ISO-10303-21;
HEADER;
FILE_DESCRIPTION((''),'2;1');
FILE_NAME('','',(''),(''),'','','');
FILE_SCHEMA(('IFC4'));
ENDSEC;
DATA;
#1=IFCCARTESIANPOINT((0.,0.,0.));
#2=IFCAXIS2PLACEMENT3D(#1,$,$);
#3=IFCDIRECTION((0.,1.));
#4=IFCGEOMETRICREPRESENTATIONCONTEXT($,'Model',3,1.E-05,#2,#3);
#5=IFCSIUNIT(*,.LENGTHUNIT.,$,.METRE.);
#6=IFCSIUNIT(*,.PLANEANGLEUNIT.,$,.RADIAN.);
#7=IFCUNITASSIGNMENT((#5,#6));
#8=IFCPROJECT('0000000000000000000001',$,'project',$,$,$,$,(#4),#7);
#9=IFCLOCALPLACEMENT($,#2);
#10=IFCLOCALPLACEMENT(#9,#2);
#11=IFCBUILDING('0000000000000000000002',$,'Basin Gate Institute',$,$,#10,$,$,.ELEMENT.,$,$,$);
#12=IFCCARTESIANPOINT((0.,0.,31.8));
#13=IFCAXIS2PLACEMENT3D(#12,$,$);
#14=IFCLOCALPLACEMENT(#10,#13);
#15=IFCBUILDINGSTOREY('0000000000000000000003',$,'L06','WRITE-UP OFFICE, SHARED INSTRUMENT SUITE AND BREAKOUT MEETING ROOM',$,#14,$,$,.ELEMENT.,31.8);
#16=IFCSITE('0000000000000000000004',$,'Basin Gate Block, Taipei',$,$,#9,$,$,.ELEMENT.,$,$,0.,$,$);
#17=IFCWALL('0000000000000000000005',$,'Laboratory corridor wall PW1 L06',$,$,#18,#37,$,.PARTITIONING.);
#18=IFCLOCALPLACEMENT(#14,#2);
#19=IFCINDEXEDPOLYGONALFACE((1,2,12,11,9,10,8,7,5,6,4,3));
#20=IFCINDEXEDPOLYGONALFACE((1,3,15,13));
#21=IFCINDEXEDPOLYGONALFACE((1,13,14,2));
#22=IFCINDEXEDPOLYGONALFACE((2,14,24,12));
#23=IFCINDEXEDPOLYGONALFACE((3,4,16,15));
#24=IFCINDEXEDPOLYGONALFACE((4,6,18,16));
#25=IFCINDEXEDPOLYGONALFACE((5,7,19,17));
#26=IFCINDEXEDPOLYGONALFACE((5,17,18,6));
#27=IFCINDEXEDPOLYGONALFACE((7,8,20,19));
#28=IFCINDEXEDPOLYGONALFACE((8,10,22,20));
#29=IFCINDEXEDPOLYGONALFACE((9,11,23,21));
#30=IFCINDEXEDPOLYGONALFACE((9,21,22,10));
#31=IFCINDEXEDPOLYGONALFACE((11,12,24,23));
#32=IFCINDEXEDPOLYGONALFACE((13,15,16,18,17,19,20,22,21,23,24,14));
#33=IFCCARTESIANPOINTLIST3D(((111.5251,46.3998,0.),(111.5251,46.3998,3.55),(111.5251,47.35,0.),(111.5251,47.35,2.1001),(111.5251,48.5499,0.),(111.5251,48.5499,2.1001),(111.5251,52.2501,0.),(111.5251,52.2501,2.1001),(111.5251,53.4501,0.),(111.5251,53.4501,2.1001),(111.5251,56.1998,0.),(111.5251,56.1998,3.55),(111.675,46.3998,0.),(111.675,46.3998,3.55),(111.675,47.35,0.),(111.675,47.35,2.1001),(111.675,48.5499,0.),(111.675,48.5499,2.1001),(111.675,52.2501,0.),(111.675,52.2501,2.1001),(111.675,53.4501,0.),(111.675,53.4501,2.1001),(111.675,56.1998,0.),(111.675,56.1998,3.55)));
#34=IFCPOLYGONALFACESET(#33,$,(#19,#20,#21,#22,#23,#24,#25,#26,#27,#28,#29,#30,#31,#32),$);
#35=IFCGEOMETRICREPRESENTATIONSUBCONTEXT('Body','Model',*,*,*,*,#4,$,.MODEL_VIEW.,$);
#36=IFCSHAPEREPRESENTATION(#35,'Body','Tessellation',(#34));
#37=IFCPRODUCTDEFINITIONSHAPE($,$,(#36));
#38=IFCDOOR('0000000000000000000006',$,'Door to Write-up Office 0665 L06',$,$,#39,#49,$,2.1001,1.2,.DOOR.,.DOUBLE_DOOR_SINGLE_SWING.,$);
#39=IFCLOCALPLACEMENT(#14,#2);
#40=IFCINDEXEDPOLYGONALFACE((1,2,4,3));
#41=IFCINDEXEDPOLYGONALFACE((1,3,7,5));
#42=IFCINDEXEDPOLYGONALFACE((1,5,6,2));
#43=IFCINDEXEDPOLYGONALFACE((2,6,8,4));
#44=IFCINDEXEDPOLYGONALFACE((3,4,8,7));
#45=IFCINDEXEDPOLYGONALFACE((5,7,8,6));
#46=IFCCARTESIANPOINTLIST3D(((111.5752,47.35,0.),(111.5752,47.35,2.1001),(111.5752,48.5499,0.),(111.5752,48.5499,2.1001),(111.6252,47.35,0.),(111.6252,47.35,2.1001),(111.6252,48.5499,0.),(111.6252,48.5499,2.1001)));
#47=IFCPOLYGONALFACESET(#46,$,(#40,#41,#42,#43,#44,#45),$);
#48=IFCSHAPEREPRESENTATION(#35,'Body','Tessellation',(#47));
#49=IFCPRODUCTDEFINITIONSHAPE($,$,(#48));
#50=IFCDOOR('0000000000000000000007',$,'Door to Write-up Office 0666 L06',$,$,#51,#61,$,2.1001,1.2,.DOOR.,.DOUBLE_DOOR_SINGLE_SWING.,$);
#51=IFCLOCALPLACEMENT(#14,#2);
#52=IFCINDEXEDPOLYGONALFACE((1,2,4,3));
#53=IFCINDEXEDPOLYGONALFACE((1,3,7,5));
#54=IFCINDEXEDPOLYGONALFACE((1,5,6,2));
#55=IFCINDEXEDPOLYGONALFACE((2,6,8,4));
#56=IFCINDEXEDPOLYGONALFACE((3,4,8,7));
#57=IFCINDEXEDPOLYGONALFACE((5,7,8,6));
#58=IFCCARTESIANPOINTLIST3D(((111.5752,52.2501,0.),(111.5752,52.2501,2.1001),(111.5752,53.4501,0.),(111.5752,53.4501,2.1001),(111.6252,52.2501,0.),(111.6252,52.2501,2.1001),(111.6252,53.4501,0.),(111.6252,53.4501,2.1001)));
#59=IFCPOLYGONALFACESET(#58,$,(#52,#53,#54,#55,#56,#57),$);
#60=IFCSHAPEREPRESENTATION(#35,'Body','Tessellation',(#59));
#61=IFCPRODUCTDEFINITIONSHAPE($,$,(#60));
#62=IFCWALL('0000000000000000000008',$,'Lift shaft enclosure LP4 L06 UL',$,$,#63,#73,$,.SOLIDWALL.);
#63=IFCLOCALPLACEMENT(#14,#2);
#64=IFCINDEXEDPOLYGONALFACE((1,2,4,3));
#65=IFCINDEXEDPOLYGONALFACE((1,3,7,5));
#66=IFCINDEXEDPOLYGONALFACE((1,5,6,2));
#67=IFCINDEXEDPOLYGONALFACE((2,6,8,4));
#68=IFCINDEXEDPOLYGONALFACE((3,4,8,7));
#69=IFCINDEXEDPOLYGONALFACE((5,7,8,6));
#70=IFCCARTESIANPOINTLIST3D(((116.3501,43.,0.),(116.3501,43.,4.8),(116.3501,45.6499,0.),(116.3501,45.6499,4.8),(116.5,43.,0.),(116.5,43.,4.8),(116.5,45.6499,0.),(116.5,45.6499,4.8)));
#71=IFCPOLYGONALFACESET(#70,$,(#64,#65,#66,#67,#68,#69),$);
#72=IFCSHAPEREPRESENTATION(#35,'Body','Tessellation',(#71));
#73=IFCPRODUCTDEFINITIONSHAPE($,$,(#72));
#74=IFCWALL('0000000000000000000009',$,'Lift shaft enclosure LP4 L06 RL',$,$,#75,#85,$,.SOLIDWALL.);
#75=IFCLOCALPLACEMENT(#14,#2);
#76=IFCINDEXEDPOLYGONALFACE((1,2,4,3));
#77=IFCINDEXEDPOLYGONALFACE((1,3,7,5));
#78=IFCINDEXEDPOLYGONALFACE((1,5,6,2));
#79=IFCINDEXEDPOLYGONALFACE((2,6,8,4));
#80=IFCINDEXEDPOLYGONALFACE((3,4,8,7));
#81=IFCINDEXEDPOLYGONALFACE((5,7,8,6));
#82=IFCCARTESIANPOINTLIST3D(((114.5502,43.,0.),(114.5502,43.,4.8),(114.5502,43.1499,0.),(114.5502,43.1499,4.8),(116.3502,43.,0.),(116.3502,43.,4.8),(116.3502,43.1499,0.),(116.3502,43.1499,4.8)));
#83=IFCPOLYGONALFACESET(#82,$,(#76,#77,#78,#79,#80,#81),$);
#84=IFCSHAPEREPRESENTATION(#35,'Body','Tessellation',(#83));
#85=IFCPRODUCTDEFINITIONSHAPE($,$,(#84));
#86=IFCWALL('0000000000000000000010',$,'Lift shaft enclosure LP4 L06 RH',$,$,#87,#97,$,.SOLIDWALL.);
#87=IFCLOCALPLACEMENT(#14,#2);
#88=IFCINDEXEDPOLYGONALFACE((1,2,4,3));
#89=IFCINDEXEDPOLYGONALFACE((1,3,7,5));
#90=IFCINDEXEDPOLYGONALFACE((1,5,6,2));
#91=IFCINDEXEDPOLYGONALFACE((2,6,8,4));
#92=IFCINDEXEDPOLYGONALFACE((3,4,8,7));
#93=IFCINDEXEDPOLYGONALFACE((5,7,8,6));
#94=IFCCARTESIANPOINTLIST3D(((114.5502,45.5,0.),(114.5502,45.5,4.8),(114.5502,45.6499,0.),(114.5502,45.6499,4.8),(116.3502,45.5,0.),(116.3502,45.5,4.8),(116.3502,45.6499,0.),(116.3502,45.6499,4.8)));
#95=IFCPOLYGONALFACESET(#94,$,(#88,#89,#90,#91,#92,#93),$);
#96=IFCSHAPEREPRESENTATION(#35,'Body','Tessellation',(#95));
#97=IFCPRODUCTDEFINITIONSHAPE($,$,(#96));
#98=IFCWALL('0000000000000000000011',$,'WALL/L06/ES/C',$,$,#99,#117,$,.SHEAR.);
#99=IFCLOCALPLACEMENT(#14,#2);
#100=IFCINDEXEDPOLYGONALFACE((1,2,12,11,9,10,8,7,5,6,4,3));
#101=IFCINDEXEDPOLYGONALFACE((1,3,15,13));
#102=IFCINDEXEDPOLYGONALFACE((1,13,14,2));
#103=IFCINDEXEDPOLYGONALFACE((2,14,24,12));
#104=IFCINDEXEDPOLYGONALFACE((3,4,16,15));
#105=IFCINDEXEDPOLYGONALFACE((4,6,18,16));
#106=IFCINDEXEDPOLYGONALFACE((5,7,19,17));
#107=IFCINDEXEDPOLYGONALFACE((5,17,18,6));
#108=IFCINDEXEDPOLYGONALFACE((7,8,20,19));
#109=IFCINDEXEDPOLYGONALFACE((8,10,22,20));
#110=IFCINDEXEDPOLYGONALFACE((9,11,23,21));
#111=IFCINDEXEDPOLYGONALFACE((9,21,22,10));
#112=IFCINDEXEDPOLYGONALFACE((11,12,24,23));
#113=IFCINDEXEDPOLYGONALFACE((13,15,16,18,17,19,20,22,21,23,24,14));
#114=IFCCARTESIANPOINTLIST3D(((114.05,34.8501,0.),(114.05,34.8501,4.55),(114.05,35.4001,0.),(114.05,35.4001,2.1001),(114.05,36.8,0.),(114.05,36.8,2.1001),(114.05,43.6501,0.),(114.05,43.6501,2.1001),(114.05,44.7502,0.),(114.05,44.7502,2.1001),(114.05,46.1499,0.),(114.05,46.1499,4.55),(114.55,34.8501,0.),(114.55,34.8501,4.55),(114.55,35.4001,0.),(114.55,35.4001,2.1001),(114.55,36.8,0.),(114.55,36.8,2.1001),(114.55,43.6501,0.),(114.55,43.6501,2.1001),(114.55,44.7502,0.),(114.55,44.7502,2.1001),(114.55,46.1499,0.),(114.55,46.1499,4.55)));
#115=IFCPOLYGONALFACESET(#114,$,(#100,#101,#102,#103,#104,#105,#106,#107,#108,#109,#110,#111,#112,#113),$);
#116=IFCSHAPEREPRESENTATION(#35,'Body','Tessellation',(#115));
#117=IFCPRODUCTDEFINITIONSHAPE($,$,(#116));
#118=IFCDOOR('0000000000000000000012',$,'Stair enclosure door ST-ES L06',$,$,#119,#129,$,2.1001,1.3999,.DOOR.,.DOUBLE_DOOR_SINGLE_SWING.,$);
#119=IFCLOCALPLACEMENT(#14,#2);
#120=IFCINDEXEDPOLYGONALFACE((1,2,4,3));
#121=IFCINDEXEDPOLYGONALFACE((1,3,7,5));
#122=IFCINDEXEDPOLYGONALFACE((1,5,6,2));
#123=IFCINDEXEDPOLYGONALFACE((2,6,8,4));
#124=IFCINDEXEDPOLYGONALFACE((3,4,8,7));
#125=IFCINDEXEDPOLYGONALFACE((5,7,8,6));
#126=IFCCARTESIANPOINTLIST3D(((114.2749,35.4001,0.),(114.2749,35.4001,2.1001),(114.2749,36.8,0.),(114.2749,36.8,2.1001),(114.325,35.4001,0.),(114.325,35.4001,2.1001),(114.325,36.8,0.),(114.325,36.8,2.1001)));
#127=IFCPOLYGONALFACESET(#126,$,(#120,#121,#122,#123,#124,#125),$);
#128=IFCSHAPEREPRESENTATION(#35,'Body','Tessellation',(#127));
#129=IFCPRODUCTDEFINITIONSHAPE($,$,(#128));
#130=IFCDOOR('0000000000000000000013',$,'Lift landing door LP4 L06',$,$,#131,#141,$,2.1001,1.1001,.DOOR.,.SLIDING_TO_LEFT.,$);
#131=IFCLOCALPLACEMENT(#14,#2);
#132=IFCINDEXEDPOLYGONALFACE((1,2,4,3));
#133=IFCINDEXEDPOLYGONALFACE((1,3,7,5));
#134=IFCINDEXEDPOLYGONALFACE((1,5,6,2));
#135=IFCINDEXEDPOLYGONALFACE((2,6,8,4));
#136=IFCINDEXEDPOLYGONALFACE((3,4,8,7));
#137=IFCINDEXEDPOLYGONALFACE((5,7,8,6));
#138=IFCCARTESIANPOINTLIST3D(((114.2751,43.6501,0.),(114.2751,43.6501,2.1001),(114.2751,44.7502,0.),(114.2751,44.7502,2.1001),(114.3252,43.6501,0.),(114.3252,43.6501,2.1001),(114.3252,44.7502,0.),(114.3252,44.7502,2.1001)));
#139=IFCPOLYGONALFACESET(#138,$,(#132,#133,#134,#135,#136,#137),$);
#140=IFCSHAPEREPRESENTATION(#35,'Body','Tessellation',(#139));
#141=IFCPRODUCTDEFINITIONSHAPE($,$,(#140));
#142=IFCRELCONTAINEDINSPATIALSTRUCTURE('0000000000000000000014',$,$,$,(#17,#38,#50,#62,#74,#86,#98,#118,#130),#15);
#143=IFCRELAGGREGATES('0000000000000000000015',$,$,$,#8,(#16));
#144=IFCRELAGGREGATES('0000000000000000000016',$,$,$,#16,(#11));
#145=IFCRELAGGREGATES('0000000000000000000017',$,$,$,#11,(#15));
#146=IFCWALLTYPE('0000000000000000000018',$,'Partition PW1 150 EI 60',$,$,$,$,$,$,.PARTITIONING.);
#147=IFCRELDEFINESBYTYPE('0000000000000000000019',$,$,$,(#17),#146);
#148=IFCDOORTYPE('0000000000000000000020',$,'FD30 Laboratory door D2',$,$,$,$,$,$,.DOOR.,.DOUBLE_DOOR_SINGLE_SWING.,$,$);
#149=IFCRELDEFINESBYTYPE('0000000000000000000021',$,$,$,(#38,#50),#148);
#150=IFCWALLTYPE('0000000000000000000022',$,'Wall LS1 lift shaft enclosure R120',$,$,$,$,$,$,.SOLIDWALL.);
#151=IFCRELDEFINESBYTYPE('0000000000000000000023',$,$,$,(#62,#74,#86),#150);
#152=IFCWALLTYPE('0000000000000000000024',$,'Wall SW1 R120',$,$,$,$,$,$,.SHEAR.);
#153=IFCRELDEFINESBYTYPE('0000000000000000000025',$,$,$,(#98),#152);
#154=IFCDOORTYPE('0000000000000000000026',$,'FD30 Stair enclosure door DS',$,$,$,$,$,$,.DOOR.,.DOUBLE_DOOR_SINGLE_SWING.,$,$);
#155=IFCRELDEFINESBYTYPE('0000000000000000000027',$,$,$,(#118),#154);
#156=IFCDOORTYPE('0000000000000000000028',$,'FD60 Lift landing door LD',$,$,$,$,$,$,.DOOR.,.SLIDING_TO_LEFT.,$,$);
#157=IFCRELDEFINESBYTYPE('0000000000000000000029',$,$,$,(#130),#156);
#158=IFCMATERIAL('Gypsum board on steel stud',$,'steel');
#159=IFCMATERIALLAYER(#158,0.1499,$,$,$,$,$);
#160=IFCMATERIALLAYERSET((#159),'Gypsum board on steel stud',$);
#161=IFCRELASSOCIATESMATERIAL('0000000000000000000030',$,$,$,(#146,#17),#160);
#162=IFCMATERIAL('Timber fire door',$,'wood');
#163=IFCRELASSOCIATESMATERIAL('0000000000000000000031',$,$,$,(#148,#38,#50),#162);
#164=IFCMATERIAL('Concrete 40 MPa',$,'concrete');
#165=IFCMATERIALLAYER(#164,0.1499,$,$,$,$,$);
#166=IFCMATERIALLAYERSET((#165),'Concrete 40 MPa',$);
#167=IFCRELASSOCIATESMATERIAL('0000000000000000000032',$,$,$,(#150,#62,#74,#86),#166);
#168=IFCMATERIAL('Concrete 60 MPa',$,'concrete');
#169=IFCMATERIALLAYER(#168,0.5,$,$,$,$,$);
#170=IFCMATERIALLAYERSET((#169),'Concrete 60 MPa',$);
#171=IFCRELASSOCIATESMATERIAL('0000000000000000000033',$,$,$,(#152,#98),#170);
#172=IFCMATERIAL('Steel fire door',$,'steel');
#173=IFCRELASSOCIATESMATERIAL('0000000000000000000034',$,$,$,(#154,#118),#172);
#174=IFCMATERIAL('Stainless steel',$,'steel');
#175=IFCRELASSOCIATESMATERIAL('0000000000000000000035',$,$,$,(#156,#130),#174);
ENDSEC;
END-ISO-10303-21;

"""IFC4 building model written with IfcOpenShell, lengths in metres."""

from ifc_helpers import new_model, si_unit, direction, frame, frame_2d, origin, place, context, subcontext, project, spatial, rectangle, extrude, material, layer, layer_set, type_object, element, fill, save


model = new_model("IFC4")

# Units and contexts
model_context = context("Model", 3, precision=1e-05, world=origin(), true_north=direction((0.0, 1.0)))
body_context = subcontext(model_context, "Body", "Model", "MODEL_VIEW")
ifc_project = project(units=[si_unit("LENGTHUNIT", "METRE"), si_unit("PLANEANGLEUNIT", "RADIAN")], contexts=[model_context])

# Site, building, storey
site_placement = place(None, origin())
site = spatial("IfcSite", under=ifc_project, at=site_placement, Name="Basin Gate Block, Taipei", CompositionType="ELEMENT", RefElevation=0.0)
building_placement = place(site_placement, origin())
building = spatial("IfcBuilding", under=site, at=building_placement, Name="Basin Gate Institute", CompositionType="ELEMENT")
storey_placement = place(building_placement, frame((0.0, 0.0, 31.8)))
storey = spatial("IfcBuildingStorey", under=building, at=storey_placement, Name="L06", Description="WRITE-UP OFFICE, SHARED INSTRUMENT SUITE AND BREAKOUT MEETING ROOM", CompositionType="ELEMENT", Elevation=31.8)

# Shared definitions
ifc_material_1 = material(Name="Gypsum board on steel stud", Category="steel")
ifc_layer_1 = layer(ifc_material_1, 0.1499)
ifc_layer_set_1 = layer_set([ifc_layer_1], Name="Gypsum board on steel stud")
wall_type_1 = type_object("IfcWallType", Name="Partition PW1 150 EI 60", PredefinedType="PARTITIONING", material=ifc_layer_set_1)

# Wall, openings, doors
wall_1_placement = place(storey_placement, frame((111.6001, 46.3999, 0.0), z_axis=(0.0, 0.0, 1.0), x_axis=(0.0, 1.0, 0.0)))
wall_1 = element("IfcWall", 1, at=wall_1_placement, inside=storey, type_object=wall_type_1, material=ifc_layer_set_1, Name="Laboratory corridor wall PW1 L06", PredefinedType="PARTITIONING", context=body_context, shape_type="SweptSolid", body=[
    extrude(rectangle(XDim=9.8, YDim=0.1499, at=frame_2d((4.8999, 0.0))), origin(), (0.0, 0.0, 1.0), 3.55),
])
opening_1_placement = place(wall_1_placement, frame((0.95, 0.0, 0.0)))
opening_1 = element("IfcOpeningElement", 2, at=opening_1_placement, cuts=wall_1, PredefinedType="OPENING", context=body_context, shape_type="SweptSolid", body=[
    extrude(rectangle(XDim=1.2, YDim=2.1001, at=frame_2d((0.6001, 1.05))), frame((0.0, 0.085, 0.0), z_axis=(0.0, -1.0, 0.0), x_axis=(1.0, 0.0, 0.0)), (0.0, 0.0, 1.0), 0.1699),
])
opening_2_placement = place(wall_1_placement, frame((5.8501, 0.0, 0.0)))
opening_2 = element("IfcOpeningElement", 3, at=opening_2_placement, cuts=wall_1, PredefinedType="OPENING", context=body_context, shape_type="SweptSolid", body=[
    extrude(rectangle(XDim=1.2, YDim=2.1001, at=frame_2d((0.6001, 1.05))), frame((0.0, 0.085, 0.0), z_axis=(0.0, -1.0, 0.0), x_axis=(1.0, 0.0, 0.0)), (0.0, 0.0, 1.0), 0.1699),
])
ifc_material_2 = material(Name="Timber fire door", Category="wood")
door_type_1 = type_object("IfcDoorType", Name="FD30 Laboratory door D2", OperationType="DOUBLE_DOOR_SINGLE_SWING", PredefinedType="DOOR", material=ifc_material_2)
door_1_placement = place(opening_1_placement, origin())
door_1 = element("IfcDoor", 4, at=door_1_placement, inside=storey, type_object=door_type_1, material=ifc_material_2, Name="Door to Write-up Office 0665 L06", OperationType="DOUBLE_DOOR_SINGLE_SWING", OverallHeight=2.1001, OverallWidth=1.2, PredefinedType="DOOR", context=body_context, shape_type="SweptSolid", body=[
    extrude(rectangle(XDim=1.2, YDim=2.1001, at=frame_2d((0.6001, 1.05))), frame((0.0, 0.0249, 0.0), z_axis=(0.0, -1.0, 0.0), x_axis=(1.0, 0.0, 0.0)), (0.0, 0.0, 1.0), 0.05),
])
fill(opening_1, door_1)
door_2_placement = place(opening_2_placement, origin())
door_2 = element("IfcDoor", 5, at=door_2_placement, inside=storey, type_object=door_type_1, material=ifc_material_2, Name="Door to Write-up Office 0666 L06", OperationType="DOUBLE_DOOR_SINGLE_SWING", OverallHeight=2.1001, OverallWidth=1.2, PredefinedType="DOOR", context=body_context, shape_type="SweptSolid", body=[
    extrude(rectangle(XDim=1.2, YDim=2.1001, at=frame_2d((0.6001, 1.05))), frame((0.0, 0.0249, 0.0), z_axis=(0.0, -1.0, 0.0), x_axis=(1.0, 0.0, 0.0)), (0.0, 0.0, 1.0), 0.05),
])
fill(opening_2, door_2)

# Walls
ifc_material_3 = material(Name="Concrete 40 MPa", Category="concrete")
ifc_layer_2 = layer(ifc_material_3, 0.1499)
ifc_layer_set_2 = layer_set([ifc_layer_2], Name="Concrete 40 MPa")
wall_type_2 = type_object("IfcWallType", Name="Wall LS1 lift shaft enclosure R120", PredefinedType="SOLIDWALL", material=ifc_layer_set_2)
wall_2_placement = place(storey_placement, frame((116.425, 43.0, 0.0), z_axis=(0.0, 0.0, 1.0), x_axis=(0.0, 1.0, 0.0)))
element("IfcWall", 6, at=wall_2_placement, inside=storey, type_object=wall_type_2, material=ifc_layer_set_2, Name="Lift shaft enclosure LP4 L06 UL", PredefinedType="SOLIDWALL", context=body_context, shape_type="SweptSolid", body=[
    extrude(rectangle(XDim=2.6499, YDim=0.1499, at=frame_2d((1.325, 0.0))), origin(), (0.0, 0.0, 1.0), 4.8),
])
for number, where, z_axis, x_axis, name in (
    (7, (116.3501, 43.075, 0.0), (0.0, 0.0, 1.0), (-1.0, 0.0, 0.0), "Lift shaft enclosure LP4 L06 RL"),
    (8, (116.3501, 45.575, 0.0), (0.0, 0.0, 1.0), (-1.0, 0.0, 0.0), "Lift shaft enclosure LP4 L06 RH"),
):
    element("IfcWall", number, at=place(storey_placement, frame(where, z_axis=z_axis, x_axis=x_axis)), inside=storey, type_object=wall_type_2, material=ifc_layer_set_2, Name=name, PredefinedType="SOLIDWALL", context=body_context, shape_type="SweptSolid", body=[
        extrude(rectangle(XDim=1.8, YDim=0.1499, at=frame_2d((0.8999, 0.0))), origin(), (0.0, 0.0, 1.0), 4.8),
    ])

# Wall, openings, doors
ifc_material_4 = material(Name="Concrete 60 MPa", Category="concrete")
ifc_layer_3 = layer(ifc_material_4, 0.5)
ifc_layer_set_3 = layer_set([ifc_layer_3], Name="Concrete 60 MPa")
wall_type_3 = type_object("IfcWallType", Name="Wall SW1 R120", PredefinedType="SHEAR", material=ifc_layer_set_3)
wall_3_placement = place(storey_placement, frame((114.3, 34.8501, 0.0), z_axis=(0.0, 0.0, 1.0), x_axis=(0.0, 1.0, 0.0)))
wall_3 = element("IfcWall", 9, at=wall_3_placement, inside=storey, type_object=wall_type_3, material=ifc_layer_set_3, Name="WALL/L06/ES/C", PredefinedType="SHEAR", context=body_context, shape_type="SweptSolid", body=[
    extrude(rectangle(XDim=11.2998, YDim=0.5, at=frame_2d((5.6499, 0.0))), origin(), (0.0, 0.0, 1.0), 4.55),
])
opening_3_placement = place(wall_3_placement, frame((0.55, 0.0, 0.0)))
opening_3 = element("IfcOpeningElement", 10, at=opening_3_placement, cuts=wall_3, PredefinedType="OPENING", context=body_context, shape_type="SweptSolid", body=[
    extrude(rectangle(XDim=1.3999, YDim=2.1001, at=frame_2d((0.7, 1.05))), frame((0.0, 0.26, 0.0), z_axis=(0.0, -1.0, 0.0), x_axis=(1.0, 0.0, 0.0)), (0.0, 0.0, 1.0), 0.52),
])
opening_4_placement = place(wall_3_placement, frame((8.8, 0.0, 0.0)))
opening_4 = element("IfcOpeningElement", 11, at=opening_4_placement, cuts=wall_3, PredefinedType="OPENING", context=body_context, shape_type="SweptSolid", body=[
    extrude(rectangle(XDim=1.1001, YDim=2.1001, at=frame_2d((0.55, 1.05))), frame((0.0, 0.26, 0.0), z_axis=(0.0, -1.0, 0.0), x_axis=(1.0, 0.0, 0.0)), (0.0, 0.0, 1.0), 0.52),
])
ifc_material_5 = material(Name="Steel fire door", Category="steel")
door_type_2 = type_object("IfcDoorType", Name="FD30 Stair enclosure door DS", OperationType="DOUBLE_DOOR_SINGLE_SWING", PredefinedType="DOOR", material=ifc_material_5)
door_3_placement = place(opening_3_placement, frame((1.3999, 0.0, 0.0), z_axis=(0.0, 0.0, 1.0), x_axis=(-1.0, 0.0, 0.0)))
door_3 = element("IfcDoor", 12, at=door_3_placement, inside=storey, type_object=door_type_2, material=ifc_material_5, Name="Stair enclosure door ST-ES L06", OperationType="DOUBLE_DOOR_SINGLE_SWING", OverallHeight=2.1001, OverallWidth=1.3999, PredefinedType="DOOR", context=body_context, shape_type="SweptSolid", body=[
    extrude(rectangle(XDim=1.3999, YDim=2.1001, at=frame_2d((0.7, 1.05))), frame((0.0, 0.0249, 0.0), z_axis=(0.0, -1.0, 0.0), x_axis=(1.0, 0.0, 0.0)), (0.0, 0.0, 1.0), 0.05),
])
fill(opening_3, door_3)
ifc_material_6 = material(Name="Stainless steel", Category="steel")
door_type_3 = type_object("IfcDoorType", Name="FD60 Lift landing door LD", OperationType="SLIDING_TO_LEFT", PredefinedType="DOOR", material=ifc_material_6)
door_4_placement = place(opening_4_placement, origin())
door_4 = element("IfcDoor", 13, at=door_4_placement, inside=storey, type_object=door_type_3, material=ifc_material_6, Name="Lift landing door LP4 L06", OperationType="SLIDING_TO_LEFT", OverallHeight=2.1001, OverallWidth=1.1001, PredefinedType="DOOR", context=body_context, shape_type="SweptSolid", body=[
    extrude(rectangle(XDim=1.1001, YDim=2.1001, at=frame_2d((0.55, 1.05))), frame((0.0, 0.0249, 0.0), z_axis=(0.0, -1.0, 0.0), x_axis=(1.0, 0.0, 0.0)), (0.0, 0.0, 1.0), 0.05),
])
fill(opening_4, door_4)

save(model, "model.ifc")
